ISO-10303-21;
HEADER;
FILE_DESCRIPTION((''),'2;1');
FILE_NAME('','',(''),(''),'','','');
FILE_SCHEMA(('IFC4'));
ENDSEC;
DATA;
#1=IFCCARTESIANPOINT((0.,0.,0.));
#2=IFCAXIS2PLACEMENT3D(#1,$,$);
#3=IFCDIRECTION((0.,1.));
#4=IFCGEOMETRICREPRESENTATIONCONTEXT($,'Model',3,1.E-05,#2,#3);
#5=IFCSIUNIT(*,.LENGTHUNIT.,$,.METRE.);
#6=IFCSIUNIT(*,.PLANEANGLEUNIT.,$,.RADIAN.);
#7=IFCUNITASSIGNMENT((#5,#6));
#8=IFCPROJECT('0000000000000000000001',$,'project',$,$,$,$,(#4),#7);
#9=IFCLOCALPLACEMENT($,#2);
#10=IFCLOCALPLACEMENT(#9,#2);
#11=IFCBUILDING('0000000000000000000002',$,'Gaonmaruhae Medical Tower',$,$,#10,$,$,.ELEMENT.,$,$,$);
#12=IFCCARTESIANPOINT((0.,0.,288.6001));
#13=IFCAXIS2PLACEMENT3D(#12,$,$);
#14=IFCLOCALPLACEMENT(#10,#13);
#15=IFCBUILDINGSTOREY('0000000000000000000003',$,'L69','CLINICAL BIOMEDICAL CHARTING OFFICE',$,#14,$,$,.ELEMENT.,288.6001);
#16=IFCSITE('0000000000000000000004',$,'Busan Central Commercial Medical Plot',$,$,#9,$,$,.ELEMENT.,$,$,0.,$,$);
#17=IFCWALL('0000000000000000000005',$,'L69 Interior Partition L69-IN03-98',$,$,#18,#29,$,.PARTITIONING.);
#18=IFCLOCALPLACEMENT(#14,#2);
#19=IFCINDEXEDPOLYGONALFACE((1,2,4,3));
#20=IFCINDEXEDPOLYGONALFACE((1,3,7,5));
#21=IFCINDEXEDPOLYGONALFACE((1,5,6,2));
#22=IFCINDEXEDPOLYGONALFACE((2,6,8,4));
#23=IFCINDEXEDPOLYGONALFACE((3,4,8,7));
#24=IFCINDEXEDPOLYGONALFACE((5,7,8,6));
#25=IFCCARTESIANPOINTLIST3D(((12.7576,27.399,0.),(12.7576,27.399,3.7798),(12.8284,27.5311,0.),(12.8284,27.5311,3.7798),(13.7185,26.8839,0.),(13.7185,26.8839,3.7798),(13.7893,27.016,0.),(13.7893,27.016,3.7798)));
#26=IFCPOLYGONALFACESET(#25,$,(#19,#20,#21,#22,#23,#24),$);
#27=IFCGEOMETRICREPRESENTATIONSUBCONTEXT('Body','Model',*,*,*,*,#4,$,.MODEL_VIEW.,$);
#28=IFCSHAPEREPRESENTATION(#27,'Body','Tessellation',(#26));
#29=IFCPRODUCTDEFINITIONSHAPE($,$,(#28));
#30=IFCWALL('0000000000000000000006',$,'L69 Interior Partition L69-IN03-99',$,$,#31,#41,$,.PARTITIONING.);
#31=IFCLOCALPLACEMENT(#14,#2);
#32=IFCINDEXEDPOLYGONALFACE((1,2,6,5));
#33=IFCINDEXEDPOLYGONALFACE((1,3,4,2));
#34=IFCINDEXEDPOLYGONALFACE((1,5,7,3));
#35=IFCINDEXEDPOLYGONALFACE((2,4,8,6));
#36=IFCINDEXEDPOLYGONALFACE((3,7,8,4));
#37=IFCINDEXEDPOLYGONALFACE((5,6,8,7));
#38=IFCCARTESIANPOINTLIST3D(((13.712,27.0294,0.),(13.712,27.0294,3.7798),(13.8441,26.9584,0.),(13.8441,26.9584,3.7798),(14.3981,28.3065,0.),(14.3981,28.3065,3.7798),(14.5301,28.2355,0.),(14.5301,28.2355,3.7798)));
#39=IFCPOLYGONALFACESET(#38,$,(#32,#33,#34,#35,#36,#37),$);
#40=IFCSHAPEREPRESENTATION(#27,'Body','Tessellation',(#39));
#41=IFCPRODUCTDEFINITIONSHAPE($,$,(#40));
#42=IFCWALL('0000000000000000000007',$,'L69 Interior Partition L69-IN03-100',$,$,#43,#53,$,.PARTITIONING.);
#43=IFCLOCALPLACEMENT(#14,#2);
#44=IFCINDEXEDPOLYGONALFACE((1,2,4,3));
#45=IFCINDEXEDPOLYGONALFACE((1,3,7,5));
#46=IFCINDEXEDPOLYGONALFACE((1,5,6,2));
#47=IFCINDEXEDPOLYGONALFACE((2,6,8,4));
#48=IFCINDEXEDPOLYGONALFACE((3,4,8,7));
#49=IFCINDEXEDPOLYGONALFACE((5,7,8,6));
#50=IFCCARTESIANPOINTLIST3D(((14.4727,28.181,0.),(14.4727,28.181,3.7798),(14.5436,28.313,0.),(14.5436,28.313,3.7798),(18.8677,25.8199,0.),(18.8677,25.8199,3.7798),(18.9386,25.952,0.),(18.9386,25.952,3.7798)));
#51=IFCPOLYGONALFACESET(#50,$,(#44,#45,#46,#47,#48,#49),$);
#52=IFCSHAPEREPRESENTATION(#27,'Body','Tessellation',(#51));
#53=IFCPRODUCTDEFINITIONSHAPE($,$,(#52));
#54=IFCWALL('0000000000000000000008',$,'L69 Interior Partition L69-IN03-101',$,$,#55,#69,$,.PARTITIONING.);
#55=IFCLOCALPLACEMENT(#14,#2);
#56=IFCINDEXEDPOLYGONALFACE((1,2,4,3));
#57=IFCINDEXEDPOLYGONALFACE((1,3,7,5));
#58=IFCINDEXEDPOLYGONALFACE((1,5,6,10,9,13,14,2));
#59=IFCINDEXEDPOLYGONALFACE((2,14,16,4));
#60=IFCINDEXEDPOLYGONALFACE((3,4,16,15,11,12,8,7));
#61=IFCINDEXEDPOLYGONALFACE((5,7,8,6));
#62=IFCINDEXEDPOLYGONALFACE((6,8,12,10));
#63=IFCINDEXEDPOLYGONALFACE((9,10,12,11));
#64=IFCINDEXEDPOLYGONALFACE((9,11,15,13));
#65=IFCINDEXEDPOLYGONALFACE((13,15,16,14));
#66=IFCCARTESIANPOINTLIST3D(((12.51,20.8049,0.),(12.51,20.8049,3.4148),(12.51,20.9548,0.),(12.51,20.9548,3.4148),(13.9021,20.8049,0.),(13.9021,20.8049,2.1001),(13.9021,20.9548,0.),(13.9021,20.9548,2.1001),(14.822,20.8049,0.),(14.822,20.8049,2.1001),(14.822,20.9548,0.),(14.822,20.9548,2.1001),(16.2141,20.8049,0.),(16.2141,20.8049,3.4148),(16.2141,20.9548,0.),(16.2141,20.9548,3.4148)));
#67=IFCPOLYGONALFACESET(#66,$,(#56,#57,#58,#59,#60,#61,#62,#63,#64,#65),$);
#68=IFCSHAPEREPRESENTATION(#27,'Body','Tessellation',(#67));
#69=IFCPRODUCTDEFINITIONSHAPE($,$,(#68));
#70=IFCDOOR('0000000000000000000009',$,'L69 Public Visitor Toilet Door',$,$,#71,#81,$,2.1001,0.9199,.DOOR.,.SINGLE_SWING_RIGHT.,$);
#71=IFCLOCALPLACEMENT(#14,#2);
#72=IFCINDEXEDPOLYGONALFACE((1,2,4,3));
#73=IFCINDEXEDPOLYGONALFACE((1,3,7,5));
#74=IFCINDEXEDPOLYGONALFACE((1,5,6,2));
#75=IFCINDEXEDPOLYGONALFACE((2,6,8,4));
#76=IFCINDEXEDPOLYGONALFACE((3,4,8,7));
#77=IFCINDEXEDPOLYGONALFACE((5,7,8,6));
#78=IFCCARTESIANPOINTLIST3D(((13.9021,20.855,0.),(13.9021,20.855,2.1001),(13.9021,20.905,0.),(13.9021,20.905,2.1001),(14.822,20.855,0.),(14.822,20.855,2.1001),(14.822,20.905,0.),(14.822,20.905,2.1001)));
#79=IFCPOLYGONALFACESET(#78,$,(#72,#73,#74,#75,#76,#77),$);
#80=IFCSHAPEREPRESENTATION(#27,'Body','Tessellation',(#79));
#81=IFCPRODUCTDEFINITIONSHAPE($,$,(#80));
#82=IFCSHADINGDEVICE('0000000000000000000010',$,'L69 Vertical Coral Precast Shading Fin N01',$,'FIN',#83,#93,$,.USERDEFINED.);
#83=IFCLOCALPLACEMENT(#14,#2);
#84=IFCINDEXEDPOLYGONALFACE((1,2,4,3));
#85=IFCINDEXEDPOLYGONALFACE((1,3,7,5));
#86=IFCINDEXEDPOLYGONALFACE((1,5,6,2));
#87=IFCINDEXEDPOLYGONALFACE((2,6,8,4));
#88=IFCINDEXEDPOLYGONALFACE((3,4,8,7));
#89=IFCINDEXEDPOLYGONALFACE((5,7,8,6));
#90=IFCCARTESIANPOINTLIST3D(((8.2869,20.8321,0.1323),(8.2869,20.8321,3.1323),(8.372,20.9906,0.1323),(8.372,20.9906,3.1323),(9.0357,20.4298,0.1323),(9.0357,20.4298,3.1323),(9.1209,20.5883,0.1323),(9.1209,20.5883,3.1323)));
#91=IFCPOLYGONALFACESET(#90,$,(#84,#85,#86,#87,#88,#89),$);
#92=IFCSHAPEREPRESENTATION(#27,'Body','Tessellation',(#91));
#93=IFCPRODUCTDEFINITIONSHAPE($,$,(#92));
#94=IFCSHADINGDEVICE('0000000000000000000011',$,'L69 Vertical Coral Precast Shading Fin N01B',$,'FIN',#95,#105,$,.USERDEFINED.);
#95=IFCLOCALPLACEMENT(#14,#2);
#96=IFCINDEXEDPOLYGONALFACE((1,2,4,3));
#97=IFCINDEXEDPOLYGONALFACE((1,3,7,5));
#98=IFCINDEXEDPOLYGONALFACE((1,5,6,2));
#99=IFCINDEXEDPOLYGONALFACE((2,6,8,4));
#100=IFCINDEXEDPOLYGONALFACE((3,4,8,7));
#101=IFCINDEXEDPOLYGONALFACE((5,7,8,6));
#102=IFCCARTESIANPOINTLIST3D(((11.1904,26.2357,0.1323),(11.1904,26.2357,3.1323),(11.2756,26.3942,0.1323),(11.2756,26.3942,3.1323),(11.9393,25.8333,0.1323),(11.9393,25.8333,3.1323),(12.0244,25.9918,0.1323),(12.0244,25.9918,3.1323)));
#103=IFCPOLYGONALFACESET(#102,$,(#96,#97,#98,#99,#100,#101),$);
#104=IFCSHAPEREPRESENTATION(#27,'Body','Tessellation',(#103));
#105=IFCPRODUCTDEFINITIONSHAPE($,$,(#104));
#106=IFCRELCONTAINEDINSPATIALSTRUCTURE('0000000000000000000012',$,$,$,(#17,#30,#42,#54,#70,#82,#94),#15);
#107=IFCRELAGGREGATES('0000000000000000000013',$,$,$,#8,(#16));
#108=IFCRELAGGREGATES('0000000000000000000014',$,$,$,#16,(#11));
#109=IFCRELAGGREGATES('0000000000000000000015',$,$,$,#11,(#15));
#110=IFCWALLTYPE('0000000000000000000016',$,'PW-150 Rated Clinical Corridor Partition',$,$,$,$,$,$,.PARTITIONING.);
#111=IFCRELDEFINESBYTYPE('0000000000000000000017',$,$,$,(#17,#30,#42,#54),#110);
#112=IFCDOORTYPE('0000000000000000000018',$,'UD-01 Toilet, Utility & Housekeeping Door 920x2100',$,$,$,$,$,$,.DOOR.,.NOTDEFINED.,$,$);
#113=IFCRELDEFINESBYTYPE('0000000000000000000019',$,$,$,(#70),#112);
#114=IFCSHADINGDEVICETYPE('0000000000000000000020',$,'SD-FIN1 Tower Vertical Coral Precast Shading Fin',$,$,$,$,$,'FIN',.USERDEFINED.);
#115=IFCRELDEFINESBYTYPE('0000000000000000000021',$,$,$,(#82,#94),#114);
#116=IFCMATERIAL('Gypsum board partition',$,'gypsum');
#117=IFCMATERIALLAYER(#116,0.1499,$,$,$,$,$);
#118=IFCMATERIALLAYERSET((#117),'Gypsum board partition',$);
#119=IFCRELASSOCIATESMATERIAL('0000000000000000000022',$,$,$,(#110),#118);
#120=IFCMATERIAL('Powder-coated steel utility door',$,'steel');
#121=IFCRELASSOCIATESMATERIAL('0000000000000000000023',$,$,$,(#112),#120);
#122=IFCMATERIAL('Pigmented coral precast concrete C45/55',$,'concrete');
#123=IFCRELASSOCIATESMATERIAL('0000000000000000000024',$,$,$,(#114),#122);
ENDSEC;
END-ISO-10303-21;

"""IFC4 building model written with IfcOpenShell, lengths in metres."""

from ifc_helpers import new_model, si_unit, direction, frame, frame_2d, origin, origin_2d, place, context, subcontext, project, spatial, rectangle, extrude, material, layer, layer_set, type_object, element, fill, save


model = new_model("IFC4")

# Units and contexts
model_context = context("Model", 3, precision=1e-05, world=origin(), true_north=direction((0.0, 1.0)))
body_context = subcontext(model_context, "Body", "Model", "MODEL_VIEW")
ifc_project = project(units=[si_unit("LENGTHUNIT", "METRE"), si_unit("PLANEANGLEUNIT", "RADIAN")], contexts=[model_context])

# Site, building, storey
site_placement = place(None, origin())
site = spatial("IfcSite", under=ifc_project, at=site_placement, Name="Busan Central Commercial Medical Plot", CompositionType="ELEMENT", RefElevation=0.0)
building_placement = place(site_placement, origin())
building = spatial("IfcBuilding", under=site, at=building_placement, Name="Gaonmaruhae Medical Tower", CompositionType="ELEMENT")
storey_placement = place(building_placement, frame((0.0, 0.0, 288.6001)))
storey = spatial("IfcBuildingStorey", under=building, at=storey_placement, Name="L69", Description="CLINICAL BIOMEDICAL CHARTING OFFICE", CompositionType="ELEMENT", Elevation=288.6001)

# Walls
ifc_material_1 = material(Name="Gypsum board partition", Category="gypsum")
ifc_layer_1 = layer(ifc_material_1, 0.1499)
ifc_layer_set_1 = layer_set([ifc_layer_1], Name="Gypsum board partition")
wall_type_1 = type_object("IfcWallType", Name="PW-150 Rated Clinical Corridor Partition", PredefinedType="PARTITIONING", material=ifc_layer_set_1)
wall_1_placement = place(storey_placement, frame((12.793, 27.4651, 0.0), z_axis=(0.0, 0.0, 1.0), x_axis=(0.881347, -0.47247, 0.0)))
element("IfcWall", 1, at=wall_1_placement, inside=storey, type_object=wall_type_1, Name="L69 Interior Partition L69-IN03-98", PredefinedType="PARTITIONING", context=body_context, shape_type="SweptSolid", body=[
    extrude(rectangle(XDim=1.0903, YDim=0.1499, at=frame_2d((0.5452, 0.0))), origin(), (0.0, 0.0, 1.0), 3.7798),
])
wall_2_placement = place(storey_placement, frame((13.7781, 26.9939, 0.0), z_axis=(0.0, 0.0, 1.0), x_axis=(0.473226, 0.880941, 0.0)))
element("IfcWall", 2, at=wall_2_placement, inside=storey, type_object=wall_type_1, Name="L69 Interior Partition L69-IN03-99", PredefinedType="PARTITIONING", context=body_context, shape_type="SweptSolid", body=[
    extrude(rectangle(XDim=1.4497, YDim=0.1499, at=frame_2d((0.7249, 0.0))), origin(), (0.0, 0.0, 1.0), 3.7798),
])
wall_3_placement = place(storey_placement, frame((14.5081, 28.2471, 0.0), z_axis=(0.0, 0.0, 1.0), x_axis=(0.880928, -0.47325, 0.0)))
element("IfcWall", 3, at=wall_3_placement, inside=storey, type_object=wall_type_1, Name="L69 Interior Partition L69-IN03-100", PredefinedType="PARTITIONING", context=body_context, shape_type="SweptSolid", body=[
    extrude(rectangle(XDim=4.989, YDim=0.1499, at=frame_2d((2.4946, 0.0))), origin(), (0.0, 0.0, 1.0), 3.7798),
])

# Wall, opening, door
wall_4_placement = place(storey_placement, frame((16.2141, 20.8799, 0.0), z_axis=(0.0, 0.0, 1.0), x_axis=(-1.0, 0.0, 0.0)))
wall_4 = element("IfcWall", 4, at=wall_4_placement, inside=storey, type_object=wall_type_1, Name="L69 Interior Partition L69-IN03-101", PredefinedType="PARTITIONING", context=body_context, shape_type="SweptSolid", body=[
    extrude(rectangle(XDim=3.7041, YDim=0.1499, at=frame_2d((1.8521, 0.0))), origin(), (0.0, 0.0, 1.0), 3.4148),
])
opening_1_placement = place(wall_4_placement, frame((1.3921, 0.0, 0.0)))
opening_1 = element("IfcOpeningElement", 5, at=opening_1_placement, cuts=wall_4, PredefinedType="OPENING", context=body_context, shape_type="SweptSolid", body=[
    extrude(rectangle(XDim=0.9199, YDim=2.1001, at=frame_2d((0.46, 1.05))), frame((0.0, 0.085, 0.0), z_axis=(0.0, -1.0, 0.0), x_axis=(1.0, 0.0, 0.0)), (0.0, 0.0, 1.0), 0.1699),
])
ifc_material_2 = material(Name="Powder-coated steel utility door", Category="steel")
door_type = type_object("IfcDoorType", Name="UD-01 Toilet, Utility & Housekeeping Door 920x2100", OperationType="NOTDEFINED", PredefinedType="DOOR", material=ifc_material_2)
door_placement = place(opening_1_placement, origin())
door = element("IfcDoor", 6, at=door_placement, inside=storey, type_object=door_type, Name="L69 Public Visitor Toilet Door", OperationType="SINGLE_SWING_RIGHT", OverallHeight=2.1001, OverallWidth=0.9199, PredefinedType="DOOR", context=body_context, shape_type="SweptSolid", body=[
    extrude(rectangle(XDim=0.9199, YDim=2.1001, at=frame_2d((0.46, 1.05))), frame((0.0, 0.0249, 0.0), z_axis=(0.0, -1.0, 0.0), x_axis=(1.0, 0.0, 0.0)), (0.0, 0.0, 1.0), 0.05),
])
fill(opening_1, door)

# Shading devices
ifc_material_3 = material(Name="Pigmented coral precast concrete C45/55", Category="concrete")
shading_device_type = type_object("IfcShadingDeviceType", Name="SD-FIN1 Tower Vertical Coral Precast Shading Fin", ElementType="FIN", PredefinedType="USERDEFINED", material=ifc_material_3)
for number, where, z_axis, x_axis, name in (
    (7, (8.7039, 20.7102, 0.1323), (0.0, 0.0, 1.0), (0.47332, 0.880891, 0.0), "L69 Vertical Coral Precast Shading Fin N01"),
    (8, (11.6074, 26.1138, 0.1323), (0.0, 0.0, 1.0), (0.47332, 0.880891, 0.0), "L69 Vertical Coral Precast Shading Fin N01B"),
):
    element("IfcShadingDevice", number, at=place(storey_placement, frame(where, z_axis=z_axis, x_axis=x_axis)), inside=storey, type_object=shading_device_type, Name=name, ObjectType="FIN", PredefinedType="USERDEFINED", context=body_context, shape_type="SweptSolid", body=[
        extrude(rectangle(XDim=0.1799, YDim=0.8501, at=origin_2d()), origin(), (0.0, 0.0, 1.0), 3.0),
    ])

save(model, "model.ifc")
